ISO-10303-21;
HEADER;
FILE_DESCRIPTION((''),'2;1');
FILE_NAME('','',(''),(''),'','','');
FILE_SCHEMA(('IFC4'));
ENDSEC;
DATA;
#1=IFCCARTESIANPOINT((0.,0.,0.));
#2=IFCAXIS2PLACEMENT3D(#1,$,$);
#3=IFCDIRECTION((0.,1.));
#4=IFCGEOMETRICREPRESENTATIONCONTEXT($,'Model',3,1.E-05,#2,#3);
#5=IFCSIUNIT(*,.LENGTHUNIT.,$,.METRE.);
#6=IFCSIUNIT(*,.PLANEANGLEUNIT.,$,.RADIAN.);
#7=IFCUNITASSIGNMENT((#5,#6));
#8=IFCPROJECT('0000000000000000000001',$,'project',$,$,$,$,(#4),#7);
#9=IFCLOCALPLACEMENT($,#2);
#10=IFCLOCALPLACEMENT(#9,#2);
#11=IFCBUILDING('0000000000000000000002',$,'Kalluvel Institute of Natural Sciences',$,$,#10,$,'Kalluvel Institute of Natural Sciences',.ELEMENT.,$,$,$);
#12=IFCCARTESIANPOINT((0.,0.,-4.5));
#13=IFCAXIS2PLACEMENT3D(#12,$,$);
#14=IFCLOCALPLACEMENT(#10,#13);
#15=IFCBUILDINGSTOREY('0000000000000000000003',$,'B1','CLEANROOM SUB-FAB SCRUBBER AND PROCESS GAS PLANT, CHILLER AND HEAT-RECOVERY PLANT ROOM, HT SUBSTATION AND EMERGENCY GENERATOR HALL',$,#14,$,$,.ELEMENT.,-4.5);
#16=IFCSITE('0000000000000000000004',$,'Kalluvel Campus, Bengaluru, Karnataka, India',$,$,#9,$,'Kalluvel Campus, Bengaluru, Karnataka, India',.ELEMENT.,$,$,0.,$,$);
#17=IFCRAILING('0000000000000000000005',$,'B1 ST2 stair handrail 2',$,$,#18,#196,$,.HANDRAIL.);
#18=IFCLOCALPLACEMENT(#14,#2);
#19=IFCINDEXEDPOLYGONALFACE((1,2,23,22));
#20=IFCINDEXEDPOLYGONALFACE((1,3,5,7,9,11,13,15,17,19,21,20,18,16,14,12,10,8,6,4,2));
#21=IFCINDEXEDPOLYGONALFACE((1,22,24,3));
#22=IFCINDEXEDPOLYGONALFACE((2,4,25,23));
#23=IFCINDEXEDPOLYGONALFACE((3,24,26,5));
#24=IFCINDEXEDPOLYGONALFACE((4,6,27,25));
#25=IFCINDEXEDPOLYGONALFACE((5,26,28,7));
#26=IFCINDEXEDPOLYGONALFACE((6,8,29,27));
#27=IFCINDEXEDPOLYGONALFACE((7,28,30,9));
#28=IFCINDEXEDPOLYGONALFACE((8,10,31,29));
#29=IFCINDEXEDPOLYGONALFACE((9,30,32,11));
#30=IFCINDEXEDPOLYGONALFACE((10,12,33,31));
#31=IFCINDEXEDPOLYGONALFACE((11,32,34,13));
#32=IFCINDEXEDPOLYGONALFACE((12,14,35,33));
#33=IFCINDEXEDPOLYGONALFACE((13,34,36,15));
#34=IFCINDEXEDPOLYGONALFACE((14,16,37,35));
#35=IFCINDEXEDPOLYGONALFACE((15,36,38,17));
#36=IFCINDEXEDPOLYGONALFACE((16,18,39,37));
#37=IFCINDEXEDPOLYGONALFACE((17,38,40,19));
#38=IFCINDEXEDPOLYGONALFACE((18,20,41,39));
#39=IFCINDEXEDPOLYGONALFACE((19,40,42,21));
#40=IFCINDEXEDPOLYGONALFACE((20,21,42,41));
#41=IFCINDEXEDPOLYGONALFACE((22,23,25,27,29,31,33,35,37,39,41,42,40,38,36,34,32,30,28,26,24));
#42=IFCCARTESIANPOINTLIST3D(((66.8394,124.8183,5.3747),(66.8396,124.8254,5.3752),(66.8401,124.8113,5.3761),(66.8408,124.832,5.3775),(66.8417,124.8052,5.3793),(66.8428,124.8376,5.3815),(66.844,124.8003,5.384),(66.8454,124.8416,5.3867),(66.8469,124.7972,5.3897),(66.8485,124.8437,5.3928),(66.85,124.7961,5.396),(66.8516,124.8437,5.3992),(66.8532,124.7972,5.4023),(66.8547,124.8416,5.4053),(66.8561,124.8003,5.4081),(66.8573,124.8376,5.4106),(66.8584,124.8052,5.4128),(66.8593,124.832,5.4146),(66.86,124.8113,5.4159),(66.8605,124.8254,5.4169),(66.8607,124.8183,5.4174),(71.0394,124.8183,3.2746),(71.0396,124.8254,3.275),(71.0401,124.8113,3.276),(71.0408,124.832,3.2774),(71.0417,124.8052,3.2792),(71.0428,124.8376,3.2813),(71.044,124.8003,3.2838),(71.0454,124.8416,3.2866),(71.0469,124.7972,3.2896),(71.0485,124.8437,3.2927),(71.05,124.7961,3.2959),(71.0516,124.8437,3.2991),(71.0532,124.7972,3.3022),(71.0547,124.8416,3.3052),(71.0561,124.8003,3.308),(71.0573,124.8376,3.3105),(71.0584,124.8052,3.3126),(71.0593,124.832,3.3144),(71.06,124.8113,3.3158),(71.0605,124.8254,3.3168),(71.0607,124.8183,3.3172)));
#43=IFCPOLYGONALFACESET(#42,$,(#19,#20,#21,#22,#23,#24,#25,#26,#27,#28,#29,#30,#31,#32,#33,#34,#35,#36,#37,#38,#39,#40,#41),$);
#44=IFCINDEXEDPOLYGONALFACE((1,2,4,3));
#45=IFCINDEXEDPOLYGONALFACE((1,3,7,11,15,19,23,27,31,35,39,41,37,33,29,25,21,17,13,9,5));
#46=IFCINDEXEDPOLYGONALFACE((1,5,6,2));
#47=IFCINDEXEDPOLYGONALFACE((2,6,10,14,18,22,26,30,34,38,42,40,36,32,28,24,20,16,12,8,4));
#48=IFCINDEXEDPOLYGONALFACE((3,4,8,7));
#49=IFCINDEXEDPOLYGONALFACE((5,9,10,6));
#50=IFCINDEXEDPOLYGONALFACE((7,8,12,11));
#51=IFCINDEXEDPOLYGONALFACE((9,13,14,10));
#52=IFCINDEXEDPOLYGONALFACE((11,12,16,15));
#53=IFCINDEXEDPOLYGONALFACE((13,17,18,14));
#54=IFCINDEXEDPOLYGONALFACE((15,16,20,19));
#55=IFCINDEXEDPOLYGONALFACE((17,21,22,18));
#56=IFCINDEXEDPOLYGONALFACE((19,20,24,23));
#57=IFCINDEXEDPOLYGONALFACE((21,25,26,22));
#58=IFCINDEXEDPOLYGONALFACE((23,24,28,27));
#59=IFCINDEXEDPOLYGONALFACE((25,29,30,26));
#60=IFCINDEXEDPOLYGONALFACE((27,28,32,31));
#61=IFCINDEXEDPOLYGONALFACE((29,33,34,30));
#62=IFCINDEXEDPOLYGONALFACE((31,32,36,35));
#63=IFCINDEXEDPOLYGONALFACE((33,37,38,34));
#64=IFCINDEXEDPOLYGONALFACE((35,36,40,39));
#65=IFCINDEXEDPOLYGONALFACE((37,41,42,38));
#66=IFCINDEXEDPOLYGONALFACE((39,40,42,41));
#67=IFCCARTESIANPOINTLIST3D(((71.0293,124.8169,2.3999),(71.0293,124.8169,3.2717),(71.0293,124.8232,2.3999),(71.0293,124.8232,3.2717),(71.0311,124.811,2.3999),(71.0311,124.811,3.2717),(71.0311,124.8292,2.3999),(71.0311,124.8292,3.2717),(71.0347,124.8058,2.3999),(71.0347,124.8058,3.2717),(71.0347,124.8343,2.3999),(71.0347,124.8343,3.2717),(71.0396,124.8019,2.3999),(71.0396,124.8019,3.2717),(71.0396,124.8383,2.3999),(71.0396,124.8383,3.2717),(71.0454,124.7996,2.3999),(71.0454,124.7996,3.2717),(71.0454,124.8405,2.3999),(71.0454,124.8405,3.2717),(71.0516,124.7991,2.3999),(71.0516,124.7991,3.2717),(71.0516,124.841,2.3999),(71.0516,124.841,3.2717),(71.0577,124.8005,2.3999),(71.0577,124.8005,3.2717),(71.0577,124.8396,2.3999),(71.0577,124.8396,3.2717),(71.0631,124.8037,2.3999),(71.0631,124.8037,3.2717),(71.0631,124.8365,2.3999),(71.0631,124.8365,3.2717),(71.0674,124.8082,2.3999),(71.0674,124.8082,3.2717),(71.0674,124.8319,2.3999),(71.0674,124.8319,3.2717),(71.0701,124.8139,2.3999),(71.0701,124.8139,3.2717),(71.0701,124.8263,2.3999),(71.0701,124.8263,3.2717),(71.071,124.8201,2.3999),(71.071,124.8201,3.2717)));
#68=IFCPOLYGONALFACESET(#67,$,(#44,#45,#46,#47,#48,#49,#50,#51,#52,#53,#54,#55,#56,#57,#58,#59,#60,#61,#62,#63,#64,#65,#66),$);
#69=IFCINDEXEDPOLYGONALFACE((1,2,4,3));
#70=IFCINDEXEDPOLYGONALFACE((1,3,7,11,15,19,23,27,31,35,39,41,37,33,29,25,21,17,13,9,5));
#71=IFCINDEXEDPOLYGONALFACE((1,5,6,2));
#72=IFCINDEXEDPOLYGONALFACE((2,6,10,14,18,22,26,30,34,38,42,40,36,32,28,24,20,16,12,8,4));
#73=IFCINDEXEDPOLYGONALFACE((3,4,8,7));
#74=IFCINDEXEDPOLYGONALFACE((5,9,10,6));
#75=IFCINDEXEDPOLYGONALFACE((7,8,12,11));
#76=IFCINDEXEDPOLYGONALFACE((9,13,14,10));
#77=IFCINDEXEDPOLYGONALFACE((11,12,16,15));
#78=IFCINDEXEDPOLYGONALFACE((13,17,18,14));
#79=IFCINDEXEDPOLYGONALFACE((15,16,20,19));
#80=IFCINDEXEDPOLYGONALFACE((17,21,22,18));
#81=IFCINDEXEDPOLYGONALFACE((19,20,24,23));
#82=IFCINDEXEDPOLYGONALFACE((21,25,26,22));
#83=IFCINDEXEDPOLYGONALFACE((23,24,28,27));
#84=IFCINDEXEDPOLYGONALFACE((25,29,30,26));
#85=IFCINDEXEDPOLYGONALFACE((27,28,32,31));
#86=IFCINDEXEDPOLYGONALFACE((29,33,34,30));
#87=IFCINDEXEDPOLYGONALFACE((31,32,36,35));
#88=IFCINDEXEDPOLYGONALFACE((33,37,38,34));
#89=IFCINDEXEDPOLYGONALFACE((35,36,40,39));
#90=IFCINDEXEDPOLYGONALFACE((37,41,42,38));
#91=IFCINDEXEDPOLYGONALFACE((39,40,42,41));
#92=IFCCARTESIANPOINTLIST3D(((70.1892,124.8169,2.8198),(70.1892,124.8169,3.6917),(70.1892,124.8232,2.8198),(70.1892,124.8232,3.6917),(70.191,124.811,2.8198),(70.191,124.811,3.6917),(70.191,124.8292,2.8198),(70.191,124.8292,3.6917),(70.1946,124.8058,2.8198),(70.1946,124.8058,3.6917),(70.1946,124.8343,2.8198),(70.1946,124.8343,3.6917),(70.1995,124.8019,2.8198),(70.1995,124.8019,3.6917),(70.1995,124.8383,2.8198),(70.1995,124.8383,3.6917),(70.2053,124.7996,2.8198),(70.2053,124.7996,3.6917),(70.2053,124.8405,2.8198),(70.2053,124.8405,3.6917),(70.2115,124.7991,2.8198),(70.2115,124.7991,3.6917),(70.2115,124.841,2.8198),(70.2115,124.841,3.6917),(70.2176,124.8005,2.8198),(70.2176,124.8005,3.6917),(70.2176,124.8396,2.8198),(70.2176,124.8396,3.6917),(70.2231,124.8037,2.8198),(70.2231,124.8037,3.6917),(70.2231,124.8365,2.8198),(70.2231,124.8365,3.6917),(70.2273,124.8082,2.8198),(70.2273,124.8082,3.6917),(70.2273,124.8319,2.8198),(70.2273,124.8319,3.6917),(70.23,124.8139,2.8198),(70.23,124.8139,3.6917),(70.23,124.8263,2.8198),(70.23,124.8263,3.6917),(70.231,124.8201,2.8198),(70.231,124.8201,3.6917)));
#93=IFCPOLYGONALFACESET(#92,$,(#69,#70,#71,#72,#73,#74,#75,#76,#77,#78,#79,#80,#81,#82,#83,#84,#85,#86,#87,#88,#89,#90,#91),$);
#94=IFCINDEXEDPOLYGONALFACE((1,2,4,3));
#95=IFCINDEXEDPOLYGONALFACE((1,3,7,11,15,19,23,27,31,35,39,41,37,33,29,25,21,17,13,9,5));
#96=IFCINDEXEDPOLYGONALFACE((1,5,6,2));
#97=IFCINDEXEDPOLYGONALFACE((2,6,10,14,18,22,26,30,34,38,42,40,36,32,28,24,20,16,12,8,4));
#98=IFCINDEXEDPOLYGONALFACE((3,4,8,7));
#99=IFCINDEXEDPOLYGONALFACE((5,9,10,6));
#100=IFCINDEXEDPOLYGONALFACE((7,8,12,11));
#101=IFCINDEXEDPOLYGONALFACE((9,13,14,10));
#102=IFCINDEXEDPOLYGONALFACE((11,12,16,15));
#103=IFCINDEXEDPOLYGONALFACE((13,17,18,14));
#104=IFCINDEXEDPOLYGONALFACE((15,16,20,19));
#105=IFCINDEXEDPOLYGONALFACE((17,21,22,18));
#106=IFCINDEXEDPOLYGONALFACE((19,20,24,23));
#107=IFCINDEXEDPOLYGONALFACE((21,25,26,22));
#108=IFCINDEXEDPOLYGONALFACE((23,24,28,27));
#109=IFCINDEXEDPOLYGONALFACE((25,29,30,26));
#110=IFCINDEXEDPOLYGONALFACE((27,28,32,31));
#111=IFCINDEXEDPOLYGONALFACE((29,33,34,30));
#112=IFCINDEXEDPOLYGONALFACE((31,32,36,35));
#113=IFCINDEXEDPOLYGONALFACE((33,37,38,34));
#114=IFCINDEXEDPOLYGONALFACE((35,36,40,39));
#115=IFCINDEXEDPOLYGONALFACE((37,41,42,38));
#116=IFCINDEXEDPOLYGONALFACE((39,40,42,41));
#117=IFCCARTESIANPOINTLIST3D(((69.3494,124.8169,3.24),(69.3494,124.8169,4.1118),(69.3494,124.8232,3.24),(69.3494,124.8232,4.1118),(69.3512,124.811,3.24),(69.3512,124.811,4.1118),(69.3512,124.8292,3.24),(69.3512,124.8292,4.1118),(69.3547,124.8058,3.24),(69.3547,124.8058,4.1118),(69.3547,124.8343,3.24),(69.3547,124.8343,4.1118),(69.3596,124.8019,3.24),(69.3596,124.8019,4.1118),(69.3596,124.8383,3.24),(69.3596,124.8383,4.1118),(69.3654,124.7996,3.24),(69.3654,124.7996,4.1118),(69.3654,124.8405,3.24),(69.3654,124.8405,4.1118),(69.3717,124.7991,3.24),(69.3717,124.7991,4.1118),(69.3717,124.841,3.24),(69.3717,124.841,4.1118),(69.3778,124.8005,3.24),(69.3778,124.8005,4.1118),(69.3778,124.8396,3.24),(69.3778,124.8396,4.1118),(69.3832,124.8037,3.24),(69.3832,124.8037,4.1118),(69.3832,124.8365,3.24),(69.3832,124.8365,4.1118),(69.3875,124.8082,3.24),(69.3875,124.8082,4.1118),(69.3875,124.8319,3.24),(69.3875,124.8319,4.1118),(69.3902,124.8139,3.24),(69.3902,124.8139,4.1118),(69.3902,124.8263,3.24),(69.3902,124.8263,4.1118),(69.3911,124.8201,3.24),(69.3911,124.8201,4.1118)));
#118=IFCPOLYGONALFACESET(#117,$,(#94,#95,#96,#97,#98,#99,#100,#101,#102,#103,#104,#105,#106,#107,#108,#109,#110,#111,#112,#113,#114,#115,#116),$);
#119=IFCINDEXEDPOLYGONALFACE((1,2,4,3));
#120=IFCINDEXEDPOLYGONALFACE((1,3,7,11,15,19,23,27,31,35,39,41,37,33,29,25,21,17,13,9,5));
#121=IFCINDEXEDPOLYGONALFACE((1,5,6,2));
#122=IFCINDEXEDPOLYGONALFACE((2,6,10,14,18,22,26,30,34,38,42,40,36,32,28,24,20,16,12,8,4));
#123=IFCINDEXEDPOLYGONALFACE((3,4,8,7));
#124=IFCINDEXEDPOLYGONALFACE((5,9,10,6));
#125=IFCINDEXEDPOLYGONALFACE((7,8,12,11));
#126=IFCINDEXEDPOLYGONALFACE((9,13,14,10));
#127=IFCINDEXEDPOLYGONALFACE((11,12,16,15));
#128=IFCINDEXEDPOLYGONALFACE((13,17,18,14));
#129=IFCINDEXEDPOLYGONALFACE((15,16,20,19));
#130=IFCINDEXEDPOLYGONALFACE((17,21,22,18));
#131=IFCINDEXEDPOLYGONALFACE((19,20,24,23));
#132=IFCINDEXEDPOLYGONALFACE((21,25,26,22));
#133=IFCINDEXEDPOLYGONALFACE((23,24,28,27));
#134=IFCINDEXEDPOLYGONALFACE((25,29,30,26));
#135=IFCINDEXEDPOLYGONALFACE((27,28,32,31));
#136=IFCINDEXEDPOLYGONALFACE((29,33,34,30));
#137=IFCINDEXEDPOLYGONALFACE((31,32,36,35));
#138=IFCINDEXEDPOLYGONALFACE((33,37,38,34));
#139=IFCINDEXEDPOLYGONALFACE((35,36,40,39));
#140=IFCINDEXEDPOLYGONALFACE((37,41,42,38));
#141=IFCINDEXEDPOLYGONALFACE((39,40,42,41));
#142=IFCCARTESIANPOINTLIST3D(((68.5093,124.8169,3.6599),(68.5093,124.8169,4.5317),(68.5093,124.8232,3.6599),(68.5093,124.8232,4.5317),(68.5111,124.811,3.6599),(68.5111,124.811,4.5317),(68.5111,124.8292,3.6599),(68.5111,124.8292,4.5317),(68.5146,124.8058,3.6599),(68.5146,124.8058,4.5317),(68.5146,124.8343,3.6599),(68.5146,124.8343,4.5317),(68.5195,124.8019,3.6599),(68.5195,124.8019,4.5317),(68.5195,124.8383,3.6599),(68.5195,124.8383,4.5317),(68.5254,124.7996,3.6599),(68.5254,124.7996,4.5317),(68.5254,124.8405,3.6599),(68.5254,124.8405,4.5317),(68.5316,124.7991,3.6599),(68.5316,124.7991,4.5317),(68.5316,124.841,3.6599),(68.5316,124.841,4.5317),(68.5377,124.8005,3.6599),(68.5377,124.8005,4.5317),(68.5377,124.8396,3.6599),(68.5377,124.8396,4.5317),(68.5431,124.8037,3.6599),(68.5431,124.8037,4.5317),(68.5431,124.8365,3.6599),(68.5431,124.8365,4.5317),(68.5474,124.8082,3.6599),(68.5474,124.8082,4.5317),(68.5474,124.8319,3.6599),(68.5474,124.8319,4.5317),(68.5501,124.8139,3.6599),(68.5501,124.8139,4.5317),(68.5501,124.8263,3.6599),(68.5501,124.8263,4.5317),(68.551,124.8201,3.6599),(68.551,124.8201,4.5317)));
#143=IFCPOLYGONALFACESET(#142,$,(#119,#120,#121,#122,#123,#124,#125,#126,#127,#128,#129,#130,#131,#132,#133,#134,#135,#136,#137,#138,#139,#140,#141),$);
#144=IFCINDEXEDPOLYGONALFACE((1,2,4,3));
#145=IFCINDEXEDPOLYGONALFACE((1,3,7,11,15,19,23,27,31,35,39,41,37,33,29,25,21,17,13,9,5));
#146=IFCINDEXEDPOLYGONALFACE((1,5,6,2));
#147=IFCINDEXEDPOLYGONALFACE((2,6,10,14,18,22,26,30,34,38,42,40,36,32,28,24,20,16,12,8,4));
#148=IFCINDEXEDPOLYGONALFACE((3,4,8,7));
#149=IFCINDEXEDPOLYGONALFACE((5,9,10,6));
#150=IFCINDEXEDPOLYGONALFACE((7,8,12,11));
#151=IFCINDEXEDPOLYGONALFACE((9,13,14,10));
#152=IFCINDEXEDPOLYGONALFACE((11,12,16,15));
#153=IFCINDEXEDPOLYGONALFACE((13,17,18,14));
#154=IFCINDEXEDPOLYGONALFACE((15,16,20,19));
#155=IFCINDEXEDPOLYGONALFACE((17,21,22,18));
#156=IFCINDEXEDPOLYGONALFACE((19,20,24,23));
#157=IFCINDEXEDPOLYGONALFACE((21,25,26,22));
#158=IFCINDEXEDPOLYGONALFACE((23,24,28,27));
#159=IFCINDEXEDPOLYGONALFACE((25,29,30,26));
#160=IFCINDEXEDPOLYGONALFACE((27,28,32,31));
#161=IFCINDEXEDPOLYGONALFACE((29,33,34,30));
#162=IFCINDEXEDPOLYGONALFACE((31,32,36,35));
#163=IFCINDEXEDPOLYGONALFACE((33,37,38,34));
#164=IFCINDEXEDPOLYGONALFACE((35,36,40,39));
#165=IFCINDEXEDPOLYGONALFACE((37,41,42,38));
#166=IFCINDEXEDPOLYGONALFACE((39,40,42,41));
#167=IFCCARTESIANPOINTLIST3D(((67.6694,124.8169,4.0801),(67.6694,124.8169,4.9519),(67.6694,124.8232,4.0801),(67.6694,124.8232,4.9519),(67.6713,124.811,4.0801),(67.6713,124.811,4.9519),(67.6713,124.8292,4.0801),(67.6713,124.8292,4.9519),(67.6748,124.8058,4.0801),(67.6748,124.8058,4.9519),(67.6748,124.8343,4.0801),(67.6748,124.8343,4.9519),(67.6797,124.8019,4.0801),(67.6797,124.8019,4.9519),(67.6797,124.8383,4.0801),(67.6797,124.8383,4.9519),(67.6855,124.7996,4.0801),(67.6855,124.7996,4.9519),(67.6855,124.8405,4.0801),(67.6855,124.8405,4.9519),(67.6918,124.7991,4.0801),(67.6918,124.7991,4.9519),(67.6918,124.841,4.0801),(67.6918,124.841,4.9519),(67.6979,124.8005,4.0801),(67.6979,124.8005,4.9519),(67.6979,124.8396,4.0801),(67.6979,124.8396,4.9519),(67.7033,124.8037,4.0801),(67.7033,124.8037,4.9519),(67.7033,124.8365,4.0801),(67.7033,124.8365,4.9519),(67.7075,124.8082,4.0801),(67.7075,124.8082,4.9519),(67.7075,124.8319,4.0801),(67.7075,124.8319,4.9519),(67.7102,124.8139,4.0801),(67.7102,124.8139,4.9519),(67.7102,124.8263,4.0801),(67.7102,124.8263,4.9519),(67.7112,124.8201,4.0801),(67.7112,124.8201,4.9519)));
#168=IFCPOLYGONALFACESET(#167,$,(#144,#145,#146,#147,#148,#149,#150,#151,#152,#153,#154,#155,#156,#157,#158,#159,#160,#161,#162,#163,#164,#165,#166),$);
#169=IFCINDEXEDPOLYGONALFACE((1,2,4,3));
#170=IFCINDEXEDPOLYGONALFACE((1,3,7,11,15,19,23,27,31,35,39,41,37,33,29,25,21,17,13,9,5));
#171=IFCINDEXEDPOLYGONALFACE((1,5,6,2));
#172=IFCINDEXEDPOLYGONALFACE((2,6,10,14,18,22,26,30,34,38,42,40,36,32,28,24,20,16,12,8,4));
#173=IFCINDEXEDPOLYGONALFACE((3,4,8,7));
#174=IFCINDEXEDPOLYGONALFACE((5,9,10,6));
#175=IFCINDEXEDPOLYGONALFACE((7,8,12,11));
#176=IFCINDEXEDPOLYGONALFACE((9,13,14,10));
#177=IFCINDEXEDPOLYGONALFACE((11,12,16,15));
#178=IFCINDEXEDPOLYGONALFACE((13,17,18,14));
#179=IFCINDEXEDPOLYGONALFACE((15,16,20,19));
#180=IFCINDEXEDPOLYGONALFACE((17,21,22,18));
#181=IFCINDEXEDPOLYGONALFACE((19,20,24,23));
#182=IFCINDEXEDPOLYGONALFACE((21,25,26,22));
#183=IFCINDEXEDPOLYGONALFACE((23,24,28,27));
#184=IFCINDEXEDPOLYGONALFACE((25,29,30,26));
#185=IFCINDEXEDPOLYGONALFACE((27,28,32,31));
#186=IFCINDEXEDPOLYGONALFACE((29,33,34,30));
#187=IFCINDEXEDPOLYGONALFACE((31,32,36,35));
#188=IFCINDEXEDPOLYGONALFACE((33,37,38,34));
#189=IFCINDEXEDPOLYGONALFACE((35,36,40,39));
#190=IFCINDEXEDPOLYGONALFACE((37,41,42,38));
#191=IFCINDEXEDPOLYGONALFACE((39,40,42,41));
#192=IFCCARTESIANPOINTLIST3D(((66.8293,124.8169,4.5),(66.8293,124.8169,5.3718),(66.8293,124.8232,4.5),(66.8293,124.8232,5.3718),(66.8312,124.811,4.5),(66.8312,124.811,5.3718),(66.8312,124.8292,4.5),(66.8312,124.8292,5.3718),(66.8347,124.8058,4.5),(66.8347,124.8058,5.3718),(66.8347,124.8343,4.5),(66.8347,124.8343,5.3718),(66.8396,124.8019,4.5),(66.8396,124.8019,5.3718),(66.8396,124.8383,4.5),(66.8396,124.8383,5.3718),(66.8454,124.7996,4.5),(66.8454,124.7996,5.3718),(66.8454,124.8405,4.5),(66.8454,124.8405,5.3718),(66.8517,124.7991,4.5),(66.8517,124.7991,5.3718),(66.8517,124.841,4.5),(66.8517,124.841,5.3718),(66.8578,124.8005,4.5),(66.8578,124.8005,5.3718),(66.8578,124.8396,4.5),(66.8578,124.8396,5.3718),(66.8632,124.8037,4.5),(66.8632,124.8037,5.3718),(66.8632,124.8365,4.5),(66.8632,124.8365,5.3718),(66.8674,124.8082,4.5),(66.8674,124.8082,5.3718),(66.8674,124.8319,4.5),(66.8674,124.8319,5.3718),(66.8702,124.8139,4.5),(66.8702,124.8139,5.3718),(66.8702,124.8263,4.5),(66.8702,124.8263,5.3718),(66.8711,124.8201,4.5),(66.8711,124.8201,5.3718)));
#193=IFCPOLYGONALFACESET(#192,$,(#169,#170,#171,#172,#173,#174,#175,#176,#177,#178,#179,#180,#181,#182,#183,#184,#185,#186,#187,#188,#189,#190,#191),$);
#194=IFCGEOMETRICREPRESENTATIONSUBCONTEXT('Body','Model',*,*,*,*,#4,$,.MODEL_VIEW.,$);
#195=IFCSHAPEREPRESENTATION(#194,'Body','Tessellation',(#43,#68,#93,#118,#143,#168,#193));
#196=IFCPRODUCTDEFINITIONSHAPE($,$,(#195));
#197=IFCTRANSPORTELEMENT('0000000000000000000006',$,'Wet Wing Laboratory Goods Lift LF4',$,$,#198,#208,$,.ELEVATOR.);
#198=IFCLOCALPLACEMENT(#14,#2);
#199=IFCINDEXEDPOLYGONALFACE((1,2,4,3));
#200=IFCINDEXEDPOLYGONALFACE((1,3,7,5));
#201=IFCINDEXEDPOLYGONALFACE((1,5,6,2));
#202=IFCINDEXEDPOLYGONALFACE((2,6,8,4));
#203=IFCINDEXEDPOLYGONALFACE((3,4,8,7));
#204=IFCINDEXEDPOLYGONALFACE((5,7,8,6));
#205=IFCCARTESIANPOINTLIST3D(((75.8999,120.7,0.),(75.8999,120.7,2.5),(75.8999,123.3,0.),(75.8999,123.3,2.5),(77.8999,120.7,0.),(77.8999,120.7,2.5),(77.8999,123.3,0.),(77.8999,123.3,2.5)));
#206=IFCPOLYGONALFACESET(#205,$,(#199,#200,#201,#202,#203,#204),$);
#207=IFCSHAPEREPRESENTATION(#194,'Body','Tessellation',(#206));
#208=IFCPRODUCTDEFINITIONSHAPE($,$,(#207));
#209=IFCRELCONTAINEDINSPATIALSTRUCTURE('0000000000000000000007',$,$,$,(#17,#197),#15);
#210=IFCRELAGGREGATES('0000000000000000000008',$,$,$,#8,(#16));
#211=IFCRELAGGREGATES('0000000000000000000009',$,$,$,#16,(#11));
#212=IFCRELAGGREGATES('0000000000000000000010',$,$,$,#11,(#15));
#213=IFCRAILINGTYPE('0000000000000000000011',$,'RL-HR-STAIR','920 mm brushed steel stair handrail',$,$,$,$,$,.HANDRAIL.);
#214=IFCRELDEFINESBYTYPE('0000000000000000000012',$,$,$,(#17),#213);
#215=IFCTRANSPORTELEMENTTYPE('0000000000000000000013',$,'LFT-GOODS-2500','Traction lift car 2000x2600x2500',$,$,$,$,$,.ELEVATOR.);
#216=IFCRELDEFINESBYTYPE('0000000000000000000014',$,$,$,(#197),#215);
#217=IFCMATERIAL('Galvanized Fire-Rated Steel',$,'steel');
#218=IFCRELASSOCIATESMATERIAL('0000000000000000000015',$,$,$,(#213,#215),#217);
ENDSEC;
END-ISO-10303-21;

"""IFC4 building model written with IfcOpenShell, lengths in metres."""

from ifc_helpers import new_model, si_unit, direction, frame, origin, origin_2d, place, context, subcontext, project, spatial, rectangle, circle, extrude, material, type_object, element, save


model = new_model("IFC4")

# Units and contexts
model_context = context("Model", 3, precision=1e-05, world=origin(), true_north=direction((0.0, 1.0)))
body_context = subcontext(model_context, "Body", "Model", "MODEL_VIEW")
ifc_project = project(units=[si_unit("LENGTHUNIT", "METRE"), si_unit("PLANEANGLEUNIT", "RADIAN")], contexts=[model_context])

# Site, building, storey
site_placement = place(None, origin())
site = spatial("IfcSite", under=ifc_project, at=site_placement, Name="Kalluvel Campus, Bengaluru, Karnataka, India", LongName="Kalluvel Campus, Bengaluru, Karnataka, India", CompositionType="ELEMENT", RefElevation=0.0)
building_placement = place(site_placement, origin())
building = spatial("IfcBuilding", under=site, at=building_placement, Name="Kalluvel Institute of Natural Sciences", LongName="Kalluvel Institute of Natural Sciences", CompositionType="ELEMENT")
storey_placement = place(building_placement, frame((0.0, 0.0, -4.5)))
storey = spatial("IfcBuildingStorey", under=building, at=storey_placement, Name="B1", Description="CLEANROOM SUB-FAB SCRUBBER AND PROCESS GAS PLANT, CHILLER AND HEAT-RECOVERY PLANT ROOM, HT SUBSTATION AND EMERGENCY GENERATOR HALL", CompositionType="ELEMENT", Elevation=-4.5)

# Shared definitions
ifc_material_1 = material(Name="Galvanized Fire-Rated Steel", Category="steel")

# Railing
railing_type_1 = type_object("IfcRailingType", Name="RL-HR-STAIR", Description="920 mm brushed steel stair handrail", PredefinedType="HANDRAIL", material=ifc_material_1)
railing_1_placement = place(storey_placement, frame((71.05, 124.8201, 2.3999)))
element("IfcRailing", 1, at=railing_1_placement, inside=storey, type_object=railing_type_1, Name="B1 ST2 stair handrail 2", PredefinedType="HANDRAIL", context=body_context, shape_type="SweptSolid", body=[
    extrude(circle(Radius=0.0239, at=origin_2d()), frame((0.0, 0.0, 0.896), z_axis=(-0.894417, 0.0, 0.447234), x_axis=(0.0, -1.0, 0.0)), (0.0, 0.0, 1.0), 4.6958),
    extrude(circle(Radius=0.021, at=origin_2d()), origin(), (0.0, 0.0, 1.0), 0.8718),
    extrude(circle(Radius=0.021, at=origin_2d()), frame((-0.8401, 0.0, 0.4199)), (0.0, 0.0, 1.0), 0.8718),
    extrude(circle(Radius=0.021, at=origin_2d()), frame((-1.6799, 0.0, 0.8401)), (0.0, 0.0, 1.0), 0.8718),
    extrude(circle(Radius=0.021, at=origin_2d()), frame((-2.52, 0.0, 1.26)), (0.0, 0.0, 1.0), 0.8718),
    extrude(circle(Radius=0.021, at=origin_2d()), frame((-3.3599, 0.0, 1.6802)), (0.0, 0.0, 1.0), 0.8718),
    extrude(circle(Radius=0.021, at=origin_2d()), frame((-4.2, 0.0, 2.1001)), (0.0, 0.0, 1.0), 0.8718),
])

# Transport element
transport_element_type = type_object("IfcTransportElementType", Name="LFT-GOODS-2500", Description="Traction lift car 2000x2600x2500", PredefinedType="ELEVATOR", material=ifc_material_1)
transport_element_placement = place(storey_placement, frame((76.8999, 122.0, 0.0), z_axis=(0.0, 0.0, 1.0), x_axis=(1.0, 0.0, 0.0)))
element("IfcTransportElement", 2, at=transport_element_placement, inside=storey, type_object=transport_element_type, Name="Wet Wing Laboratory Goods Lift LF4", PredefinedType="ELEVATOR", context=body_context, shape_type="SweptSolid", body=[
    extrude(rectangle(XDim=2.0, YDim=2.6001, at=origin_2d()), origin(), (0.0, 0.0, 1.0), 2.5),
])

save(model, "model.ifc")
